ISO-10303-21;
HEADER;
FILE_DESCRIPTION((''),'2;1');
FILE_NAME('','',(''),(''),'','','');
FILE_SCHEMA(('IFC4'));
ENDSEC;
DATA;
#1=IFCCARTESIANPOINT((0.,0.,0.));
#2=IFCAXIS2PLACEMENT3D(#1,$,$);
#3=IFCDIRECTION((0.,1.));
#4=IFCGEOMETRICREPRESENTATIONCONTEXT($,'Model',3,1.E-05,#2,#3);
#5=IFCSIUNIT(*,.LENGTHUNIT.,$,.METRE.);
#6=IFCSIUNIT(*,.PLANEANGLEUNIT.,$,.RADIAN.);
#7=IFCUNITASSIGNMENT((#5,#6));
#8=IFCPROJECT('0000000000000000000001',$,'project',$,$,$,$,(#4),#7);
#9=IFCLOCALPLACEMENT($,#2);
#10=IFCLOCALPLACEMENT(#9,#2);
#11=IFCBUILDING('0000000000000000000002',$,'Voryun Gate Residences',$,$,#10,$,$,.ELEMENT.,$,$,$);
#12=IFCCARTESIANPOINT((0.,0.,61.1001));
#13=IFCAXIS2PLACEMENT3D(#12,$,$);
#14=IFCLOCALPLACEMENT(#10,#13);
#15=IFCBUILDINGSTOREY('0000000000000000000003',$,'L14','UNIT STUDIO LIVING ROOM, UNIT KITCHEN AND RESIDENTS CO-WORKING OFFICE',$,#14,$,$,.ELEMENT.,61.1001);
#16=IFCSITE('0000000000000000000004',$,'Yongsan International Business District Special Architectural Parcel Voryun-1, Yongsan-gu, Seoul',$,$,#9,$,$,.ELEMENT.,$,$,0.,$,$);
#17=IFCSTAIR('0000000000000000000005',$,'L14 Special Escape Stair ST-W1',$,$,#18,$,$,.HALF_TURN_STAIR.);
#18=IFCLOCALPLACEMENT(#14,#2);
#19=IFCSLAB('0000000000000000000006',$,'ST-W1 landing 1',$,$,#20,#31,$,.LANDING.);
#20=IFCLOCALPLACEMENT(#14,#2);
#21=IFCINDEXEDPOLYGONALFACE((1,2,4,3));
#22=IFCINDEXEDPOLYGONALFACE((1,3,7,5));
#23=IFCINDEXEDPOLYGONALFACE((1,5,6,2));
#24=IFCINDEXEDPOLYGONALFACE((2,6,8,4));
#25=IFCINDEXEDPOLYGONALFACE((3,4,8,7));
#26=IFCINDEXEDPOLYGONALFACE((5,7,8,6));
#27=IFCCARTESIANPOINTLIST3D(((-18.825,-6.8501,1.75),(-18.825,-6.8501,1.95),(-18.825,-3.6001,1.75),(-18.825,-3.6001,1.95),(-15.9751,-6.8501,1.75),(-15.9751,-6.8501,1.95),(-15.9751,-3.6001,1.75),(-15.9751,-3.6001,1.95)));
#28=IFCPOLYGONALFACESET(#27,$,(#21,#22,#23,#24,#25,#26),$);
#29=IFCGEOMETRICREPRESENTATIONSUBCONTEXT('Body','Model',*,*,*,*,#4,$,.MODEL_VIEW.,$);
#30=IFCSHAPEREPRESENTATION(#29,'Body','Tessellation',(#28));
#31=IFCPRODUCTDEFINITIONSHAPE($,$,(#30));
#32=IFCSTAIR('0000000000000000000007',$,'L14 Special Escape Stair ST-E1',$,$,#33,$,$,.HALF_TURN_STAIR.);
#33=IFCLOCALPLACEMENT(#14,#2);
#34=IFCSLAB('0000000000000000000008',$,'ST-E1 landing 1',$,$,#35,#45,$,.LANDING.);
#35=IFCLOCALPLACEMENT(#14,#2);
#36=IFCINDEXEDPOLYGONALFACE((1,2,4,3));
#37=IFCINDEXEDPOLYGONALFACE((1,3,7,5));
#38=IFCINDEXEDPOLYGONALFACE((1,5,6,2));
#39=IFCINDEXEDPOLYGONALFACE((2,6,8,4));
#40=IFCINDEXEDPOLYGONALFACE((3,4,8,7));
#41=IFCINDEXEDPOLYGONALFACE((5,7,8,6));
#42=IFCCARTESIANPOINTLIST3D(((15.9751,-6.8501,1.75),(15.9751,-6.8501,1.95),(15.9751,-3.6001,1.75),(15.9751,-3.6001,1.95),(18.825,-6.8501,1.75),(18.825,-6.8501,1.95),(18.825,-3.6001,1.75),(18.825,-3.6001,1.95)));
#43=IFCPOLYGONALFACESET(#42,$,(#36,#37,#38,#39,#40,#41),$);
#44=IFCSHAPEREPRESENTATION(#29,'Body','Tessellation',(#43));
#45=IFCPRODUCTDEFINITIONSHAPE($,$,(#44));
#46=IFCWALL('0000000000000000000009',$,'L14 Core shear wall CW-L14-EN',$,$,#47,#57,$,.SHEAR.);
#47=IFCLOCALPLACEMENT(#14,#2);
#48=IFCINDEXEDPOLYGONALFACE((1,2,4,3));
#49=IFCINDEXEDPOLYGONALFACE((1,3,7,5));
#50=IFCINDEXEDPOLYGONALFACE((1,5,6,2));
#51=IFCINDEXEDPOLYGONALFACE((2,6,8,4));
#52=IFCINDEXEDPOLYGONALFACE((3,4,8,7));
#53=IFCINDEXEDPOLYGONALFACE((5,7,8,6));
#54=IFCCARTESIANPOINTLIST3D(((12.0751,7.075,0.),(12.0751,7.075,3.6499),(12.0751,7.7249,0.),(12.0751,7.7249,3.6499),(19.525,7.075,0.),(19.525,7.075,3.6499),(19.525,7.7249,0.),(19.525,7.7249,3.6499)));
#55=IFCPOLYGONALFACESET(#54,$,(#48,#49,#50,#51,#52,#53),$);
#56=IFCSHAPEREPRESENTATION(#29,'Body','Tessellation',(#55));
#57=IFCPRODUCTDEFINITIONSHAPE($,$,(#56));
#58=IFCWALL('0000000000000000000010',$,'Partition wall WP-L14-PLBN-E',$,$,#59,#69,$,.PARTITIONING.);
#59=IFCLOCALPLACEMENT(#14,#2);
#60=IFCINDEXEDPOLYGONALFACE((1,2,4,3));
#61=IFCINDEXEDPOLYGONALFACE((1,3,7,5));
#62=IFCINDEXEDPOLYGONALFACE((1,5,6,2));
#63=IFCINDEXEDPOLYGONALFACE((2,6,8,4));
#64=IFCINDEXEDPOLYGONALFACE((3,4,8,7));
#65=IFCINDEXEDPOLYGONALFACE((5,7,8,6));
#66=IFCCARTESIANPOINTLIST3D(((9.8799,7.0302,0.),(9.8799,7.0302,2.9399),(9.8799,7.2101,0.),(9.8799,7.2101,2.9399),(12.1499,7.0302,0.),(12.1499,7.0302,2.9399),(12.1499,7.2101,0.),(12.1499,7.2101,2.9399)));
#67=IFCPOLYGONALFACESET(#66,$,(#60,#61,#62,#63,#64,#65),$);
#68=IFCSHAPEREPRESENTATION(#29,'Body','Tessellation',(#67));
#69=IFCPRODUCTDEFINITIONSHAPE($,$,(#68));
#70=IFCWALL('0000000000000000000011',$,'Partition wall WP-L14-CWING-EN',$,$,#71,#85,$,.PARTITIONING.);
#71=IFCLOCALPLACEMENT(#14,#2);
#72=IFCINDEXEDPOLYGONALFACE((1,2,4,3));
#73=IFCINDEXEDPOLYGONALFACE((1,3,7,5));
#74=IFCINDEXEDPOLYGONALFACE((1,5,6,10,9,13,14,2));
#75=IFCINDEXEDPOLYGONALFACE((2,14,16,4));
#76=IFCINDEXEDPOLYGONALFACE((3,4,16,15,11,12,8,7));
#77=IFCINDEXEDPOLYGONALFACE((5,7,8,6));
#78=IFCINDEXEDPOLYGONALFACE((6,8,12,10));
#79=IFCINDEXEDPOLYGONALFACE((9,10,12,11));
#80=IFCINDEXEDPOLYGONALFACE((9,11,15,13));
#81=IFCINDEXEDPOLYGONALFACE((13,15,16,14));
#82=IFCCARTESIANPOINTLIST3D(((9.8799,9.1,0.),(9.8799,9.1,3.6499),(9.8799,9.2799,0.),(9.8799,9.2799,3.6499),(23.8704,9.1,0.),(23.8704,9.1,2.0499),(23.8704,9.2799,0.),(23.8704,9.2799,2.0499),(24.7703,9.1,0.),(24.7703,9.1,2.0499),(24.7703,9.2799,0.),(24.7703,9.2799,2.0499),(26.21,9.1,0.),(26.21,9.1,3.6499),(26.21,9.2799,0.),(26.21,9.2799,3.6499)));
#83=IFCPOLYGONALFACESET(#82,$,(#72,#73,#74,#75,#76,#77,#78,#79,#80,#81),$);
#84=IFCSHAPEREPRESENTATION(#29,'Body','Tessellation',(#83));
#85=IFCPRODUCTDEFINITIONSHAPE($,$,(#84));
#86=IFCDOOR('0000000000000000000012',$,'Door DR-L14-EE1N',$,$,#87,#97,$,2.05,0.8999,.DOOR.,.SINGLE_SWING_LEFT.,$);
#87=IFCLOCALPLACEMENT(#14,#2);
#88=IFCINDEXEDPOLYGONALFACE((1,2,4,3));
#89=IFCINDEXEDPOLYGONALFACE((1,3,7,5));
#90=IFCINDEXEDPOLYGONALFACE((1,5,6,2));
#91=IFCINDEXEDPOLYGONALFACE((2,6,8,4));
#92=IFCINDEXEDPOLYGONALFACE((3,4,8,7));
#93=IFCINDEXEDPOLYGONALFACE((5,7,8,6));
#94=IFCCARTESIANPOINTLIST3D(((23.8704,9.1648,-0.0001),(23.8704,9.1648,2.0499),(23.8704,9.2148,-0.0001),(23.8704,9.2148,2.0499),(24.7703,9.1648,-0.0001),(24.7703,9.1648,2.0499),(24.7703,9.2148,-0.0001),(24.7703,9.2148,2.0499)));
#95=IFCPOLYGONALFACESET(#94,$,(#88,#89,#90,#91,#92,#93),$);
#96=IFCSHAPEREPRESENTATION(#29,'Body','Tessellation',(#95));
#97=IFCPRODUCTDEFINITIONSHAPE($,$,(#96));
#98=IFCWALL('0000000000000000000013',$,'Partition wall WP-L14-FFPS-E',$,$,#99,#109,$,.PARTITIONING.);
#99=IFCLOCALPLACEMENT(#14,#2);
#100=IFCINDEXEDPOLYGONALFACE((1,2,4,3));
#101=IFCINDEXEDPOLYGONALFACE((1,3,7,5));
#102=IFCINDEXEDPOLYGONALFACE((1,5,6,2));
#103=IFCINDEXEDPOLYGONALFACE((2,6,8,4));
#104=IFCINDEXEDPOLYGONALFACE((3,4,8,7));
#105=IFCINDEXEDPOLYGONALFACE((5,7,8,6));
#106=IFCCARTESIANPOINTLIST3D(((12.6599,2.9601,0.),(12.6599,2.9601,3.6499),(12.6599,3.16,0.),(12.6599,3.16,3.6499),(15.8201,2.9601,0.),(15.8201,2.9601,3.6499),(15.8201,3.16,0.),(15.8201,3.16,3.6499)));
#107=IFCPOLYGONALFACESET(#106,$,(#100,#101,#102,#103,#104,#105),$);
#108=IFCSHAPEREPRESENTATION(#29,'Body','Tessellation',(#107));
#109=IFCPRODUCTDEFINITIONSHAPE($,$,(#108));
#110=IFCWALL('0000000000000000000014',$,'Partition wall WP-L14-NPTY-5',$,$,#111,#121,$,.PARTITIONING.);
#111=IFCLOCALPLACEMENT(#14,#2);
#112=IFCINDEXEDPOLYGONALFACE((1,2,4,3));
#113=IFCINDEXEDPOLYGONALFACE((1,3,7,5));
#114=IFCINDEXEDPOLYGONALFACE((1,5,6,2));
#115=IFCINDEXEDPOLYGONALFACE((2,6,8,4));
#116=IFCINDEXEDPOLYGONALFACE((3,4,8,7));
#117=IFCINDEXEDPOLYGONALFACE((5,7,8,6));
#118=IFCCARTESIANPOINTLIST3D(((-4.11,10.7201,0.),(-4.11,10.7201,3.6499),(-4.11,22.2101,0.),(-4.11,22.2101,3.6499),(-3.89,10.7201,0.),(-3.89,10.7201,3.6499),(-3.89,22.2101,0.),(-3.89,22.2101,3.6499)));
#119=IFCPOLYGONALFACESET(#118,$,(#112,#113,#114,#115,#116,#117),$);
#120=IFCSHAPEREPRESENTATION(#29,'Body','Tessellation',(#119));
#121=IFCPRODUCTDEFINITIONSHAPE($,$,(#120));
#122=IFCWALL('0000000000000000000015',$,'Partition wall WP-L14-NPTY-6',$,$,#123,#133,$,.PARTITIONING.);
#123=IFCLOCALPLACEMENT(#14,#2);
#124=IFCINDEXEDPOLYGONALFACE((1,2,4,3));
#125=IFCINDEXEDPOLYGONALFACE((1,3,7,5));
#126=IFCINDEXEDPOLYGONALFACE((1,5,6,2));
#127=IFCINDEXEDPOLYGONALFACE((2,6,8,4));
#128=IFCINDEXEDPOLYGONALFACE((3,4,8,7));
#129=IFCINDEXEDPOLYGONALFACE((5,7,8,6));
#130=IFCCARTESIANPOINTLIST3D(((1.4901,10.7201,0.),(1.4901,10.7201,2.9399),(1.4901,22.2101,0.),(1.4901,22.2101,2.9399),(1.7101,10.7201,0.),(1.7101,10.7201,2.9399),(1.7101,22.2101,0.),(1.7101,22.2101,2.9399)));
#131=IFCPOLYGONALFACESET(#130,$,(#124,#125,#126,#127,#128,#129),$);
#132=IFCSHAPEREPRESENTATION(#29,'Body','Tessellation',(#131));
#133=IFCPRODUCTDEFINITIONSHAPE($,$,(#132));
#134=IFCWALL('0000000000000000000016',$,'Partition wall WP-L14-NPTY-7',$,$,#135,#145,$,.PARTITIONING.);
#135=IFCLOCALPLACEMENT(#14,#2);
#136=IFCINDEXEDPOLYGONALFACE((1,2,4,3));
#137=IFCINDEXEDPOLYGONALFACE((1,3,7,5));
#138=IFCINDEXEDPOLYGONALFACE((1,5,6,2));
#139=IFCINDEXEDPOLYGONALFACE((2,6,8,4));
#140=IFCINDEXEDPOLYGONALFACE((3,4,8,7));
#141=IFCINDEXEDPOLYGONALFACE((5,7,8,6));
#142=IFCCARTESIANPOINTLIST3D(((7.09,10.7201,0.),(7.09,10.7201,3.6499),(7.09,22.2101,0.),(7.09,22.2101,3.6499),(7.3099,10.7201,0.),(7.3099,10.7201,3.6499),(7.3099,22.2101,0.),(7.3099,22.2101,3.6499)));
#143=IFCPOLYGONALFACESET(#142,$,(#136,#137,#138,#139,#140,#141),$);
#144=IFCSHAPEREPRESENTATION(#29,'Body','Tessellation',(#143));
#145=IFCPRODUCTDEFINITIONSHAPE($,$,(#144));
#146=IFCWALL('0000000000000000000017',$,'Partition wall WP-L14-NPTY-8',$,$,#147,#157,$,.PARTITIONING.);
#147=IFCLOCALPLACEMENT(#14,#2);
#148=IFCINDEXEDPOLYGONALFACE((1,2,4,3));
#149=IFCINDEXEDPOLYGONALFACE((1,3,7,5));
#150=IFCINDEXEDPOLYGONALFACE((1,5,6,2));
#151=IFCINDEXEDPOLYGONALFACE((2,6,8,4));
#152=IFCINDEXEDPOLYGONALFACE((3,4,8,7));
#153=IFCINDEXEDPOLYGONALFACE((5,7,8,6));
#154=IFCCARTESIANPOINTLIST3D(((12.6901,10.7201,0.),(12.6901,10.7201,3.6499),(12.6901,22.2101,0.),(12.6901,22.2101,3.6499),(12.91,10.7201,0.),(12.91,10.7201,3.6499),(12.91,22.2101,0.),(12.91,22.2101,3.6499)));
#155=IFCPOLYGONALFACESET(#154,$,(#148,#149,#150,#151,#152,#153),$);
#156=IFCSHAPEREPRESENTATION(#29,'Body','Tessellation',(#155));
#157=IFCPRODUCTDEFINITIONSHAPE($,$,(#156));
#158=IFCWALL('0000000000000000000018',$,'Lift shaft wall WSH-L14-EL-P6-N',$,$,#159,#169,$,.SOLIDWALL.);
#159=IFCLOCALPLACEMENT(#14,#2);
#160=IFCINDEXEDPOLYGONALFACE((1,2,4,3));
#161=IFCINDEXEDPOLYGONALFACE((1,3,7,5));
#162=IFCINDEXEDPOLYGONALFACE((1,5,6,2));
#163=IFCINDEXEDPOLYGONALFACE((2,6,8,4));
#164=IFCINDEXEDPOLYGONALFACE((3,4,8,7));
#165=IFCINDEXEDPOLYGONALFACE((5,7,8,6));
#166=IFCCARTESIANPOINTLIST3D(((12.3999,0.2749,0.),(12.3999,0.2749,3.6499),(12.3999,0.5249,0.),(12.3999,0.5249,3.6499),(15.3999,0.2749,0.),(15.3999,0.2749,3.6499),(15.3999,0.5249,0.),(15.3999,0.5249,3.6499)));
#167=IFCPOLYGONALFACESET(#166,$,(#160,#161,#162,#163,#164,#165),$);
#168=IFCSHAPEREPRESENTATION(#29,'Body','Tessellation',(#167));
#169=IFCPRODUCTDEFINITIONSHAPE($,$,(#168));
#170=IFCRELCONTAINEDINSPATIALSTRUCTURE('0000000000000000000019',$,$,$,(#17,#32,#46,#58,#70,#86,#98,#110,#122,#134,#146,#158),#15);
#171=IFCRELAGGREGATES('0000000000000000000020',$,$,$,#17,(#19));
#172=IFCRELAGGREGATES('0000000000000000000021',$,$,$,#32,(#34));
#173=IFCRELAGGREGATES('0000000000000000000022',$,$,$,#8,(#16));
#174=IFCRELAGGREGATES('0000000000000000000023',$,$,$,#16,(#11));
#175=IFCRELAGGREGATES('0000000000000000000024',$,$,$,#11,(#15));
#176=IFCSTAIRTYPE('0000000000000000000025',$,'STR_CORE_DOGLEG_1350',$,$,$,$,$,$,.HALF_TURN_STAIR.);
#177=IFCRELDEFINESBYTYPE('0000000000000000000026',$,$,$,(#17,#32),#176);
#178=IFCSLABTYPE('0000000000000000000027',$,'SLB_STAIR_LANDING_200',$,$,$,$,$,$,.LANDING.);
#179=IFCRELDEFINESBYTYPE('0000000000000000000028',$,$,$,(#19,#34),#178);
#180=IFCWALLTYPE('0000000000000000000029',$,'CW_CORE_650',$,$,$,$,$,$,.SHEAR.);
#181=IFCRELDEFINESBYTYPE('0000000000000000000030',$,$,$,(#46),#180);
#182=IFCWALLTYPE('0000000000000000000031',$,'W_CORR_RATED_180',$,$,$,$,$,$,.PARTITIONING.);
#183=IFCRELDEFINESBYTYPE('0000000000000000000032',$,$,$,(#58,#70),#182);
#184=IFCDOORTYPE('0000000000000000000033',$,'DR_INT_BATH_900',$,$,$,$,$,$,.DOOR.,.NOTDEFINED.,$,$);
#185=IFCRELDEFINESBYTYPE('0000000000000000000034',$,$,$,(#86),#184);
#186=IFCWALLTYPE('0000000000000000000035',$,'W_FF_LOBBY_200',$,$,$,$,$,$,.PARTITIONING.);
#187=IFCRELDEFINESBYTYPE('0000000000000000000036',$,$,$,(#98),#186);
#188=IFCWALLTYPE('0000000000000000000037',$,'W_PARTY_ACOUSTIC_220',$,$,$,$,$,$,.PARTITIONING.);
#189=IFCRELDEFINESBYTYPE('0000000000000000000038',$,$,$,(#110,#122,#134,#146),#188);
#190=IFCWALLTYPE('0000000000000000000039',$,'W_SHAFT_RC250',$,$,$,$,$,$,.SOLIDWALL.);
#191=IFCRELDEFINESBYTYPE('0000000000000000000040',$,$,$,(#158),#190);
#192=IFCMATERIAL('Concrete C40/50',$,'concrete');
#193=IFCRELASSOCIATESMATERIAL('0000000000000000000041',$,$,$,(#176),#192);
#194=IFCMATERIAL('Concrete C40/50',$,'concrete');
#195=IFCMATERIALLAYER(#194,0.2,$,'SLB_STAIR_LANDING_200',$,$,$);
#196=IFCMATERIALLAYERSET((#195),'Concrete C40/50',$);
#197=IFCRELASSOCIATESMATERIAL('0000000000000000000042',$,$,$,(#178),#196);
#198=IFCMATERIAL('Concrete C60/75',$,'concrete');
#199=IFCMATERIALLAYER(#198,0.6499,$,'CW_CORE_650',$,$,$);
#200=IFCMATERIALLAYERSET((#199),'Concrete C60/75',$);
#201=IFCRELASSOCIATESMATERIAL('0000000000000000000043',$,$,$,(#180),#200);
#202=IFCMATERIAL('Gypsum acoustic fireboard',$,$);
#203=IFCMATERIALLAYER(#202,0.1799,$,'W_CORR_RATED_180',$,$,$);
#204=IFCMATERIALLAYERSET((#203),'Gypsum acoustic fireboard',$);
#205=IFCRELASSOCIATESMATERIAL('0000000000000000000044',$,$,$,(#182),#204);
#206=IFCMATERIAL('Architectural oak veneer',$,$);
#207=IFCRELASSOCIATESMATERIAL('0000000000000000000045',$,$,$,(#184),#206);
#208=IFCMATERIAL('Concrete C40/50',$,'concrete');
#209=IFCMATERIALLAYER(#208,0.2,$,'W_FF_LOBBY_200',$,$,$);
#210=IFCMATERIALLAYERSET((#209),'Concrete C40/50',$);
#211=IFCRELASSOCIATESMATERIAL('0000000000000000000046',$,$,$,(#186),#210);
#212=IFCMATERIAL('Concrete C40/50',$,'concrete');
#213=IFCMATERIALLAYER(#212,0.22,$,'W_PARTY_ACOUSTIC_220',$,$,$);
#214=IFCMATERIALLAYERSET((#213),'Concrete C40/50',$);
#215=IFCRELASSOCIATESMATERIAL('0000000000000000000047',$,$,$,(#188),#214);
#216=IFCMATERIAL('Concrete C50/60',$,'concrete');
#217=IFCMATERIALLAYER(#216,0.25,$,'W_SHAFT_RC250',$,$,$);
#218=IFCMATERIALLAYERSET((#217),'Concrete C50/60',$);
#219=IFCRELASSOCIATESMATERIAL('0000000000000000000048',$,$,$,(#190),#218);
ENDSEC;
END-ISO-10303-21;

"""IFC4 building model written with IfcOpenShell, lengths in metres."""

from ifc_helpers import new_model, si_unit, direction, frame, frame_2d, origin, place, context, subcontext, project, spatial, polyline, rectangle, outline, extrude, material, layer, layer_set, type_object, element, fill, aggregate, save


model = new_model("IFC4")

# Units and contexts
model_context = context("Model", 3, precision=1e-05, world=origin(), true_north=direction((0.0, 1.0)))
body_context = subcontext(model_context, "Body", "Model", "MODEL_VIEW")
ifc_project = project(units=[si_unit("LENGTHUNIT", "METRE"), si_unit("PLANEANGLEUNIT", "RADIAN")], contexts=[model_context])

# Site, building, storey
site_placement = place(None, origin())
site = spatial("IfcSite", under=ifc_project, at=site_placement, Name="Yongsan International Business District Special Architectural Parcel Voryun-1, Yongsan-gu, Seoul", CompositionType="ELEMENT", RefElevation=0.0)
building_placement = place(site_placement, origin())
building = spatial("IfcBuilding", under=site, at=building_placement, Name="Voryun Gate Residences", CompositionType="ELEMENT")
storey_placement = place(building_placement, frame((0.0, 0.0, 61.1001)))
storey = spatial("IfcBuildingStorey", under=building, at=storey_placement, Name="L14", Description="UNIT STUDIO LIVING ROOM, UNIT KITCHEN AND RESIDENTS CO-WORKING OFFICE", CompositionType="ELEMENT", Elevation=61.1001)

# Stairs, slabs
ifc_material_1 = material(Name="Concrete C40/50", Category="concrete")
stair_type = type_object("IfcStairType", Name="STR_CORE_DOGLEG_1350", PredefinedType="HALF_TURN_STAIR", material=ifc_material_1)
stair_1_placement = place(storey_placement, origin())
stair_1 = element("IfcStair", 1, at=stair_1_placement, inside=storey, type_object=stair_type, Name="L14 Special Escape Stair ST-W1", PredefinedType="HALF_TURN_STAIR")
ifc_material_2 = material(Name="Concrete C40/50", Category="concrete")
ifc_layer_1 = layer(ifc_material_2, 0.2, Name="SLB_STAIR_LANDING_200")
ifc_layer_set_1 = layer_set([ifc_layer_1], Name="Concrete C40/50")
slab_type_1 = type_object("IfcSlabType", Name="SLB_STAIR_LANDING_200", PredefinedType="LANDING", material=ifc_layer_set_1)
slab_1_placement = place(storey_placement, frame((0.0, 0.0, 1.75)))
slab_1 = element("IfcSlab", 2, at=slab_1_placement, type_object=slab_type_1, Name="ST-W1 landing 1", PredefinedType="LANDING", context=body_context, shape_type="SweptSolid", body=[
    extrude(outline(polyline([(-18.825, -3.6001), (-18.825, -6.8501), (-15.9751, -6.8501), (-15.9751, -3.6001), (-18.825, -3.6001)])), origin(), (0.0, 0.0, 1.0), 0.2),
])
aggregate(stair_1, [slab_1])
stair_2_placement = place(storey_placement, origin())
stair_2 = element("IfcStair", 3, at=stair_2_placement, inside=storey, type_object=stair_type, Name="L14 Special Escape Stair ST-E1", PredefinedType="HALF_TURN_STAIR")
slab_2_placement = place(storey_placement, frame((0.0, 0.0, 1.75)))
slab_2 = element("IfcSlab", 4, at=slab_2_placement, type_object=slab_type_1, Name="ST-E1 landing 1", PredefinedType="LANDING", context=body_context, shape_type="SweptSolid", body=[
    extrude(outline(polyline([(15.9751, -3.6001), (15.9751, -6.8501), (18.825, -6.8501), (18.825, -3.6001), (15.9751, -3.6001)])), origin(), (0.0, 0.0, 1.0), 0.2),
])
aggregate(stair_2, [slab_2])

# Walls
ifc_material_3 = material(Name="Concrete C60/75", Category="concrete")
ifc_layer_2 = layer(ifc_material_3, 0.6499, Name="CW_CORE_650")
ifc_layer_set_2 = layer_set([ifc_layer_2], Name="Concrete C60/75")
wall_type_1 = type_object("IfcWallType", Name="CW_CORE_650", PredefinedType="SHEAR", material=ifc_layer_set_2)
wall_1_placement = place(storey_placement, frame((12.075, 7.3999, 0.0), z_axis=(0.0, 0.0, 1.0), x_axis=(1.0, 0.0, 0.0)))
element("IfcWall", 5, at=wall_1_placement, inside=storey, type_object=wall_type_1, Name="L14 Core shear wall CW-L14-EN", PredefinedType="SHEAR", context=body_context, shape_type="SweptSolid", body=[
    extrude(rectangle(XDim=7.45, YDim=0.6499, at=frame_2d((3.7251, 0.0))), origin(), (0.0, 0.0, 1.0), 3.6499),
])
ifc_material_4 = material(Name="Gypsum acoustic fireboard")
ifc_layer_3 = layer(ifc_material_4, 0.1799, Name="W_CORR_RATED_180")
ifc_layer_set_3 = layer_set([ifc_layer_3], Name="Gypsum acoustic fireboard")
wall_type_2 = type_object("IfcWallType", Name="W_CORR_RATED_180", PredefinedType="PARTITIONING", material=ifc_layer_set_3)
wall_2_placement = place(storey_placement, frame((9.8799, 7.1201, 0.0), z_axis=(0.0, 0.0, 1.0), x_axis=(1.0, 0.0, 0.0)))
element("IfcWall", 6, at=wall_2_placement, inside=storey, type_object=wall_type_2, Name="Partition wall WP-L14-PLBN-E", PredefinedType="PARTITIONING", context=body_context, shape_type="SweptSolid", body=[
    extrude(rectangle(XDim=2.27, YDim=0.1799, at=frame_2d((1.135, 0.0))), origin(), (0.0, 0.0, 1.0), 2.9399),
])

# Wall, opening, door
wall_3_placement = place(storey_placement, frame((9.8799, 9.1899, 0.0), z_axis=(0.0, 0.0, 1.0), x_axis=(1.0, 0.0, 0.0)))
wall_3 = element("IfcWall", 7, at=wall_3_placement, inside=storey, type_object=wall_type_2, Name="Partition wall WP-L14-CWING-EN", PredefinedType="PARTITIONING", context=body_context, shape_type="SweptSolid", body=[
    extrude(rectangle(XDim=16.3301, YDim=0.1799, at=frame_2d((8.165, 0.0))), origin(), (0.0, 0.0, 1.0), 3.6499),
])
opening_1_placement = place(wall_3_placement, frame((13.9905, 0.0, 0.0)))
opening_1 = element("IfcOpeningElement", 8, at=opening_1_placement, cuts=wall_3, PredefinedType="OPENING", context=body_context, shape_type="SweptSolid", body=[
    extrude(rectangle(XDim=0.8999, YDim=2.05, at=frame_2d((0.45, 1.0249))), frame((0.0, 0.0999, 0.0), z_axis=(0.0, -1.0, 0.0), x_axis=(1.0, 0.0, 0.0)), (0.0, 0.0, 1.0), 0.2),
])
ifc_material_5 = material(Name="Architectural oak veneer")
door_type = type_object("IfcDoorType", Name="DR_INT_BATH_900", OperationType="NOTDEFINED", PredefinedType="DOOR", material=ifc_material_5)
door_1_placement = place(opening_1_placement, origin())
door_1 = element("IfcDoor", 9, at=door_1_placement, inside=storey, type_object=door_type, Name="Door DR-L14-EE1N", OperationType="SINGLE_SWING_LEFT", OverallHeight=2.05, OverallWidth=0.8999, PredefinedType="DOOR", context=body_context, shape_type="SweptSolid", body=[
    extrude(rectangle(XDim=0.8999, YDim=2.05, at=frame_2d((0.45, 1.0249))), frame((0.0, 0.0249, 0.0), z_axis=(0.0, -1.0, 0.0), x_axis=(1.0, 0.0, 0.0)), (0.0, 0.0, 1.0), 0.05),
])
fill(opening_1, door_1)

# Walls
ifc_material_6 = material(Name="Concrete C40/50", Category="concrete")
ifc_layer_4 = layer(ifc_material_6, 0.2, Name="W_FF_LOBBY_200")
ifc_layer_set_4 = layer_set([ifc_layer_4], Name="Concrete C40/50")
wall_type_3 = type_object("IfcWallType", Name="W_FF_LOBBY_200", PredefinedType="PARTITIONING", material=ifc_layer_set_4)
wall_4_placement = place(storey_placement, frame((12.6599, 3.0601, 0.0), z_axis=(0.0, 0.0, 1.0), x_axis=(1.0, 0.0, 0.0)))
element("IfcWall", 10, at=wall_4_placement, inside=storey, type_object=wall_type_3, Name="Partition wall WP-L14-FFPS-E", PredefinedType="PARTITIONING", context=body_context, shape_type="SweptSolid", body=[
    extrude(rectangle(XDim=3.1602, YDim=0.2, at=frame_2d((1.5801, 0.0))), origin(), (0.0, 0.0, 1.0), 3.6499),
])
ifc_material_7 = material(Name="Concrete C40/50", Category="concrete")
ifc_layer_5 = layer(ifc_material_7, 0.22, Name="W_PARTY_ACOUSTIC_220")
ifc_layer_set_5 = layer_set([ifc_layer_5], Name="Concrete C40/50")
wall_type_4 = type_object("IfcWallType", Name="W_PARTY_ACOUSTIC_220", PredefinedType="PARTITIONING", material=ifc_layer_set_5)
wall_5_placement = place(storey_placement, frame((-4.0, 10.72, 0.0), z_axis=(0.0, 0.0, 1.0), x_axis=(0.0, 1.0, 0.0)))
element("IfcWall", 11, at=wall_5_placement, inside=storey, type_object=wall_type_4, Name="Partition wall WP-L14-NPTY-5", PredefinedType="PARTITIONING", context=body_context, shape_type="SweptSolid", body=[
    extrude(rectangle(XDim=11.49, YDim=0.22, at=frame_2d((5.7451, 0.0))), origin(), (0.0, 0.0, 1.0), 3.6499),
])
wall_6_placement = place(storey_placement, frame((1.6001, 10.72, 0.0), z_axis=(0.0, 0.0, 1.0), x_axis=(0.0, 1.0, 0.0)))
element("IfcWall", 12, at=wall_6_placement, inside=storey, type_object=wall_type_4, Name="Partition wall WP-L14-NPTY-6", PredefinedType="PARTITIONING", context=body_context, shape_type="SweptSolid", body=[
    extrude(rectangle(XDim=11.49, YDim=0.22, at=frame_2d((5.7451, 0.0))), origin(), (0.0, 0.0, 1.0), 2.9399),
])
for number, where, z_axis, x_axis, name in (
    (13, (7.2, 10.72, 0.0), (0.0, 0.0, 1.0), (0.0, 1.0, 0.0), "Partition wall WP-L14-NPTY-7"),
    (14, (12.8, 10.72, 0.0), (0.0, 0.0, 1.0), (0.0, 1.0, 0.0), "Partition wall WP-L14-NPTY-8"),
):
    element("IfcWall", number, at=place(storey_placement, frame(where, z_axis=z_axis, x_axis=x_axis)), inside=storey, type_object=wall_type_4, Name=name, PredefinedType="PARTITIONING", context=body_context, shape_type="SweptSolid", body=[
        extrude(rectangle(XDim=11.49, YDim=0.22, at=frame_2d((5.7451, 0.0))), origin(), (0.0, 0.0, 1.0), 3.6499),
    ])
ifc_material_8 = material(Name="Concrete C50/60", Category="concrete")
ifc_layer_6 = layer(ifc_material_8, 0.25, Name="W_SHAFT_RC250")
ifc_layer_set_6 = layer_set([ifc_layer_6], Name="Concrete C50/60")
wall_type_5 = type_object("IfcWallType", Name="W_SHAFT_RC250", PredefinedType="SOLIDWALL", material=ifc_layer_set_6)
wall_7_placement = place(storey_placement, frame((15.3999, 0.3999, 0.0), z_axis=(0.0, 0.0, 1.0), x_axis=(-1.0, 0.0, 0.0)))
element("IfcWall", 15, at=wall_7_placement, inside=storey, type_object=wall_type_5, Name="Lift shaft wall WSH-L14-EL-P6-N", PredefinedType="SOLIDWALL", context=body_context, shape_type="SweptSolid", body=[
    extrude(rectangle(XDim=3.0, YDim=0.25, at=frame_2d((1.5, 0.0))), origin(), (0.0, 0.0, 1.0), 3.6499),
])

save(model, "model.ifc")
